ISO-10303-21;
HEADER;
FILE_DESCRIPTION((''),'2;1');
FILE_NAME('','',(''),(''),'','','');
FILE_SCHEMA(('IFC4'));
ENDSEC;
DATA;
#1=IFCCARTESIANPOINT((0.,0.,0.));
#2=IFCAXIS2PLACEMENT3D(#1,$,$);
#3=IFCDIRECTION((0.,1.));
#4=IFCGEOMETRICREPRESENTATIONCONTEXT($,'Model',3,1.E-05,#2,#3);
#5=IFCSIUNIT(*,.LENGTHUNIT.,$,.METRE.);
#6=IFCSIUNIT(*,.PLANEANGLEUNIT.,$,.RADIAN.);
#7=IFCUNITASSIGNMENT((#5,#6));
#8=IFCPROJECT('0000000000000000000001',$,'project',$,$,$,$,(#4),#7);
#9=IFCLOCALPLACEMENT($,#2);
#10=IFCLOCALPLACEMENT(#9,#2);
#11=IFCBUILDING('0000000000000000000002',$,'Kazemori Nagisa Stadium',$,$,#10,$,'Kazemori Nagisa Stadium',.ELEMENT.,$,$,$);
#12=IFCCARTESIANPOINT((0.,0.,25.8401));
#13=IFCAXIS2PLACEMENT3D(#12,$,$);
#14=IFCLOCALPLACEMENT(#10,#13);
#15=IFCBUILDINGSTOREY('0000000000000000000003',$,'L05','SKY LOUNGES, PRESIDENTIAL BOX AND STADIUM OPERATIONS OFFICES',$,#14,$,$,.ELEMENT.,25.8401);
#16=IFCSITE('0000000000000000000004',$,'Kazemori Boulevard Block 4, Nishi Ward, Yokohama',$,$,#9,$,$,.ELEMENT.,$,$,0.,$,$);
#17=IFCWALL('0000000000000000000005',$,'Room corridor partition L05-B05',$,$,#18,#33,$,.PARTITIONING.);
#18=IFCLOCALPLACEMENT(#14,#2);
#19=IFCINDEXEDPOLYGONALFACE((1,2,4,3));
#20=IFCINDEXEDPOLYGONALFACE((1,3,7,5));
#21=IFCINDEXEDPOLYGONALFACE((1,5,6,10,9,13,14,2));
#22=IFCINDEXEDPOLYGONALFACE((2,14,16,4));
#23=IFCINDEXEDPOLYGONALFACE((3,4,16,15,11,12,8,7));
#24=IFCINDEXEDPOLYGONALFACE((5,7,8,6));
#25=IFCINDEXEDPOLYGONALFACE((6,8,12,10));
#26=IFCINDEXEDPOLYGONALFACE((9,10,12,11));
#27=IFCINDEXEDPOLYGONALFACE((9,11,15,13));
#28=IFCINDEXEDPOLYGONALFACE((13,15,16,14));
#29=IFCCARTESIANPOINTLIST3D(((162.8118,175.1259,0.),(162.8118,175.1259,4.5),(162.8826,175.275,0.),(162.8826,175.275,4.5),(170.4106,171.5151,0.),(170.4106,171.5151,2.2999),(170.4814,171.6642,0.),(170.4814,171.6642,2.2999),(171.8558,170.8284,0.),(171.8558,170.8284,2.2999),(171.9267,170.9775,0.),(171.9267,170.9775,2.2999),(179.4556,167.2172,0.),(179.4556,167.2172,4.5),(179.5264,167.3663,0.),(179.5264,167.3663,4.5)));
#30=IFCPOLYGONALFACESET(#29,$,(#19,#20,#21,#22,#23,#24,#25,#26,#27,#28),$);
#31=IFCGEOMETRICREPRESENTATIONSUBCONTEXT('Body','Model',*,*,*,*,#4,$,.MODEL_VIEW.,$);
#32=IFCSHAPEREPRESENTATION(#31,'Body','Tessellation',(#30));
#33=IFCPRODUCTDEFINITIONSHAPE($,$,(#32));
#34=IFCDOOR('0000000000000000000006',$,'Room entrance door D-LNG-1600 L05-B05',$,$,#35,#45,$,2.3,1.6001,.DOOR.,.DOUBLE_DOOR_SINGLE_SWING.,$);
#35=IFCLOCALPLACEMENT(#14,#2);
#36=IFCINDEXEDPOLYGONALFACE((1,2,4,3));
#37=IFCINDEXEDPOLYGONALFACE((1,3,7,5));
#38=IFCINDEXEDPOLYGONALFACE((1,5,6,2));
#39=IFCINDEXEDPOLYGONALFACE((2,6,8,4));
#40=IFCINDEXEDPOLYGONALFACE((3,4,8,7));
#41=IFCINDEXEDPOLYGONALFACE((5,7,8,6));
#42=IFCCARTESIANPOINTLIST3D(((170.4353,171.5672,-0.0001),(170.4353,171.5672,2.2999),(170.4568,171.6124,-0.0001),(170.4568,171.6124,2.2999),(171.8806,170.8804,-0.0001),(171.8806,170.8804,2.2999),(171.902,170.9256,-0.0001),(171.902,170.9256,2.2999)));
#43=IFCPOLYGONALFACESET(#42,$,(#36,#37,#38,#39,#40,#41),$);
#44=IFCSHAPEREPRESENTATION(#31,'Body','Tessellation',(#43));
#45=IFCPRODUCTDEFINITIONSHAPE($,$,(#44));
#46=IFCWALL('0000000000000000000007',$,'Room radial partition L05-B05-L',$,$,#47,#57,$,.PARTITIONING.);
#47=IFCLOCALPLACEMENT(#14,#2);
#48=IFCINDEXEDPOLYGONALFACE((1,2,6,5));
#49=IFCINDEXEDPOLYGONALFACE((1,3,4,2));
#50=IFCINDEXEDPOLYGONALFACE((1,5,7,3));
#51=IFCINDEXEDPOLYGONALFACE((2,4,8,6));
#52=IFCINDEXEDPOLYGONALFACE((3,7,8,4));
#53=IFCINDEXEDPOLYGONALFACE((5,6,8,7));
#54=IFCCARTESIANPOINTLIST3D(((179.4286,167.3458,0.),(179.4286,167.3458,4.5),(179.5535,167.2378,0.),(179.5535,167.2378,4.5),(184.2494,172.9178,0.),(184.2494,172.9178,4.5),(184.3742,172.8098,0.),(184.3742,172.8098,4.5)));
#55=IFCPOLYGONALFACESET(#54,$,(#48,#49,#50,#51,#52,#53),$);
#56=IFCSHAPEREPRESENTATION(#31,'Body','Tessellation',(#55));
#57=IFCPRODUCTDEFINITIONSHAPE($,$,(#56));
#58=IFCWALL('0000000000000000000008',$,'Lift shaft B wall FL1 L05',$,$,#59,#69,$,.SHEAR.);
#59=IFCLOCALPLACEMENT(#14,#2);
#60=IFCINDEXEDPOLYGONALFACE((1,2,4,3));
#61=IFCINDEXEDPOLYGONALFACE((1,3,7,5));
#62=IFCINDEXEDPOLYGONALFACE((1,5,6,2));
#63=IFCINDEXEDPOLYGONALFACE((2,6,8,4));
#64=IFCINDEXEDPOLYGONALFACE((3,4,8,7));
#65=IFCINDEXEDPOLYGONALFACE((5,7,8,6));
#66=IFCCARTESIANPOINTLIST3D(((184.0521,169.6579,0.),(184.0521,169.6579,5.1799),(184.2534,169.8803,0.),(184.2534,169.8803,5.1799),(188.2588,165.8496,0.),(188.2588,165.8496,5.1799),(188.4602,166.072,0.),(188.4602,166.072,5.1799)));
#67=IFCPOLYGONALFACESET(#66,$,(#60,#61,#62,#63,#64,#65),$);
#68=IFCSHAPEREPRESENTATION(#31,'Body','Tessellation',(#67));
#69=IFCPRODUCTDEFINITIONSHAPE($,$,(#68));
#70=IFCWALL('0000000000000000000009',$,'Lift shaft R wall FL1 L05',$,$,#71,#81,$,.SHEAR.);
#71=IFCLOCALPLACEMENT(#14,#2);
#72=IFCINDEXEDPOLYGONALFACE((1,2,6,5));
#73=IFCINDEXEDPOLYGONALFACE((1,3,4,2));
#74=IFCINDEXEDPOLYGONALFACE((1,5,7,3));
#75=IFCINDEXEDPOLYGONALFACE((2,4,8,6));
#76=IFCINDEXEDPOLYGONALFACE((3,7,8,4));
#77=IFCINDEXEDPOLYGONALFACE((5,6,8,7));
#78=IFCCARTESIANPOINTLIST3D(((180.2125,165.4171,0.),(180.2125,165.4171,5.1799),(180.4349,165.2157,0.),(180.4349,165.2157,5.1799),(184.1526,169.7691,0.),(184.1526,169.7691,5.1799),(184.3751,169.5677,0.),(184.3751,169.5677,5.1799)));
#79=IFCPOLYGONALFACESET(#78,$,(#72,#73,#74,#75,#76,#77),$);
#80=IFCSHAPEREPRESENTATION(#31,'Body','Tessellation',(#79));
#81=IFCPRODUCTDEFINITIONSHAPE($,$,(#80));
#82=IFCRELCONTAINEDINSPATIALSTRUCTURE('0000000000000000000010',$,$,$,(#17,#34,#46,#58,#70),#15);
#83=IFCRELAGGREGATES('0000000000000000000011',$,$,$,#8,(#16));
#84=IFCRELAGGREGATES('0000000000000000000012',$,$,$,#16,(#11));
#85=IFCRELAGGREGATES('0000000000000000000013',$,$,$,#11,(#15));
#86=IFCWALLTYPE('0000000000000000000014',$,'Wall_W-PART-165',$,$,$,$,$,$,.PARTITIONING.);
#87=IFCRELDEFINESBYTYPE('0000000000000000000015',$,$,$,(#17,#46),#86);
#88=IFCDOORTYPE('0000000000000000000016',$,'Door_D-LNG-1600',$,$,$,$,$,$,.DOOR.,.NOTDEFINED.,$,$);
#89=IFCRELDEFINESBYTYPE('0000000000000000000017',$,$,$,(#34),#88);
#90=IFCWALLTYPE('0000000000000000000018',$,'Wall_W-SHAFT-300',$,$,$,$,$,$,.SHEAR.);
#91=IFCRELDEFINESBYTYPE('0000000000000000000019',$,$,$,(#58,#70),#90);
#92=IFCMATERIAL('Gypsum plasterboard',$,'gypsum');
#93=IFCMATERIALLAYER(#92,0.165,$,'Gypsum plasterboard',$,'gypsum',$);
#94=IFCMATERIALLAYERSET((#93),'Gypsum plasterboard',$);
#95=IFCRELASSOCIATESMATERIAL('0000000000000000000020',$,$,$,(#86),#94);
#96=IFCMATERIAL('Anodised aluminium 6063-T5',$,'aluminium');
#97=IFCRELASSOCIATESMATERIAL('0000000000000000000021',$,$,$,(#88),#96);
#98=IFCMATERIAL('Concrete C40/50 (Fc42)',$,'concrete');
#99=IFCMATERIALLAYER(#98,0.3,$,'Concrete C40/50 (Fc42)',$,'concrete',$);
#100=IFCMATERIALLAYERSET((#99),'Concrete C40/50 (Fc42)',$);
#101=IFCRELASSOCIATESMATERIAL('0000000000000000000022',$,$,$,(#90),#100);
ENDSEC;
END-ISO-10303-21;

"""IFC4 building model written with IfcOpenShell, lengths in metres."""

from ifc_helpers import new_model, si_unit, direction, frame, frame_2d, origin, place, context, subcontext, project, spatial, rectangle, extrude, material, layer, layer_set, type_object, element, fill, save


model = new_model("IFC4")

# Units and contexts
model_context = context("Model", 3, precision=1e-05, world=origin(), true_north=direction((0.0, 1.0)))
body_context = subcontext(model_context, "Body", "Model", "MODEL_VIEW")
ifc_project = project(units=[si_unit("LENGTHUNIT", "METRE"), si_unit("PLANEANGLEUNIT", "RADIAN")], contexts=[model_context])

# Site, building, storey
site_placement = place(None, origin())
site = spatial("IfcSite", under=ifc_project, at=site_placement, Name="Kazemori Boulevard Block 4, Nishi Ward, Yokohama", CompositionType="ELEMENT", RefElevation=0.0)
building_placement = place(site_placement, origin())
building = spatial("IfcBuilding", under=site, at=building_placement, Name="Kazemori Nagisa Stadium", LongName="Kazemori Nagisa Stadium", CompositionType="ELEMENT")
storey_placement = place(building_placement, frame((0.0, 0.0, 25.8401)))
storey = spatial("IfcBuildingStorey", under=building, at=storey_placement, Name="L05", Description="SKY LOUNGES, PRESIDENTIAL BOX AND STADIUM OPERATIONS OFFICES", CompositionType="ELEMENT", Elevation=25.8401)

# Shared definitions
ifc_material_1 = material(Name="Anodised aluminium 6063-T5", Category="aluminium")

# Wall, opening, door
ifc_material_2 = material(Name="Gypsum plasterboard", Category="gypsum")
ifc_layer_1 = layer(ifc_material_2, 0.165, Name="Gypsum plasterboard", Category="gypsum")
ifc_layer_set_1 = layer_set([ifc_layer_1], Name="Gypsum plasterboard")
wall_type_1 = type_object("IfcWallType", Name="Wall_W-PART-165", PredefinedType="PARTITIONING", material=ifc_layer_set_1)
wall_1_placement = place(storey_placement, frame((179.491, 167.2917, 0.0), z_axis=(0.0, 0.0, 1.0), x_axis=(-0.903217, 0.429185, 0.0)))
wall_1 = element("IfcWall", 1, at=wall_1_placement, inside=storey, type_object=wall_type_1, Name="Room corridor partition L05-B05", PredefinedType="PARTITIONING", context=body_context, shape_type="SweptSolid", body=[
    extrude(rectangle(XDim=18.4272, YDim=0.165, at=frame_2d((9.2136, 0.0))), origin(), (0.0, 0.0, 1.0), 4.5),
])
opening_placement = place(wall_1_placement, frame((8.4141, 0.0, 0.0)))
opening = element("IfcOpeningElement", 2, at=opening_placement, cuts=wall_1, PredefinedType="OPENING", context=body_context, shape_type="SweptSolid", body=[
    extrude(rectangle(XDim=1.6001, YDim=2.3, at=frame_2d((0.8, 1.1499))), frame((0.0, 0.0925, 0.0), z_axis=(0.0, -1.0, 0.0), x_axis=(1.0, 0.0, 0.0)), (0.0, 0.0, 1.0), 0.1851),
])
door_type = type_object("IfcDoorType", Name="Door_D-LNG-1600", OperationType="NOTDEFINED", PredefinedType="DOOR", material=ifc_material_1)
door_placement = place(opening_placement, origin())
door = element("IfcDoor", 3, at=door_placement, inside=storey, type_object=door_type, Name="Room entrance door D-LNG-1600 L05-B05", OperationType="DOUBLE_DOOR_SINGLE_SWING", OverallHeight=2.3, OverallWidth=1.6001, PredefinedType="DOOR", context=body_context, shape_type="SweptSolid", body=[
    extrude(rectangle(XDim=1.6001, YDim=2.3, at=frame_2d((0.8, 1.1499))), frame((0.0, 0.0249, 0.0), z_axis=(0.0, -1.0, 0.0), x_axis=(1.0, 0.0, 0.0)), (0.0, 0.0, 1.0), 0.05),
])
fill(opening, door)

# Walls
wall_2_placement = place(storey_placement, frame((179.491, 167.2917, 0.0), z_axis=(0.0, 0.0, 1.0), x_axis=(0.654288, 0.756245, 0.0)))
element("IfcWall", 4, at=wall_2_placement, inside=storey, type_object=wall_type_1, Name="Room radial partition L05-B05-L", PredefinedType="PARTITIONING", context=body_context, shape_type="SweptSolid", body=[
    extrude(rectangle(XDim=7.3679, YDim=0.165, at=frame_2d((3.6841, 0.0))), origin(), (0.0, 0.0, 1.0), 4.5),
])
ifc_material_3 = material(Name="Concrete C40/50 (Fc42)", Category="concrete")
ifc_layer_2 = layer(ifc_material_3, 0.3, Name="Concrete C40/50 (Fc42)", Category="concrete")
ifc_layer_set_2 = layer_set([ifc_layer_2], Name="Concrete C40/50 (Fc42)")
wall_type_2 = type_object("IfcWallType", Name="Wall_W-SHAFT-300", PredefinedType="SHEAR", material=ifc_layer_set_2)
wall_3_placement = place(storey_placement, frame((188.3596, 165.9607, 0.0), z_axis=(0.0, 0.0, 1.0), x_axis=(-0.741342, 0.671127, 0.0)))
element("IfcWall", 5, at=wall_3_placement, inside=storey, type_object=wall_type_2, Name="Lift shaft B wall FL1 L05", PredefinedType="SHEAR", context=body_context, shape_type="SweptSolid", body=[
    extrude(rectangle(XDim=5.6746, YDim=0.3, at=frame_2d((2.8374, 0.0))), origin(), (0.0, 0.0, 1.0), 5.1799),
])
wall_4_placement = place(storey_placement, frame((180.3237, 165.3164, 0.0), z_axis=(0.0, 0.0, 1.0), x_axis=(0.671158, 0.741314, 0.0)))
element("IfcWall", 6, at=wall_4_placement, inside=storey, type_object=wall_type_2, Name="Lift shaft R wall FL1 L05", PredefinedType="SHEAR", context=body_context, shape_type="SweptSolid", body=[
    extrude(rectangle(XDim=5.8706, YDim=0.3, at=frame_2d((2.9353, 0.0))), origin(), (0.0, 0.0, 1.0), 5.1799),
])

save(model, "model.ifc")
